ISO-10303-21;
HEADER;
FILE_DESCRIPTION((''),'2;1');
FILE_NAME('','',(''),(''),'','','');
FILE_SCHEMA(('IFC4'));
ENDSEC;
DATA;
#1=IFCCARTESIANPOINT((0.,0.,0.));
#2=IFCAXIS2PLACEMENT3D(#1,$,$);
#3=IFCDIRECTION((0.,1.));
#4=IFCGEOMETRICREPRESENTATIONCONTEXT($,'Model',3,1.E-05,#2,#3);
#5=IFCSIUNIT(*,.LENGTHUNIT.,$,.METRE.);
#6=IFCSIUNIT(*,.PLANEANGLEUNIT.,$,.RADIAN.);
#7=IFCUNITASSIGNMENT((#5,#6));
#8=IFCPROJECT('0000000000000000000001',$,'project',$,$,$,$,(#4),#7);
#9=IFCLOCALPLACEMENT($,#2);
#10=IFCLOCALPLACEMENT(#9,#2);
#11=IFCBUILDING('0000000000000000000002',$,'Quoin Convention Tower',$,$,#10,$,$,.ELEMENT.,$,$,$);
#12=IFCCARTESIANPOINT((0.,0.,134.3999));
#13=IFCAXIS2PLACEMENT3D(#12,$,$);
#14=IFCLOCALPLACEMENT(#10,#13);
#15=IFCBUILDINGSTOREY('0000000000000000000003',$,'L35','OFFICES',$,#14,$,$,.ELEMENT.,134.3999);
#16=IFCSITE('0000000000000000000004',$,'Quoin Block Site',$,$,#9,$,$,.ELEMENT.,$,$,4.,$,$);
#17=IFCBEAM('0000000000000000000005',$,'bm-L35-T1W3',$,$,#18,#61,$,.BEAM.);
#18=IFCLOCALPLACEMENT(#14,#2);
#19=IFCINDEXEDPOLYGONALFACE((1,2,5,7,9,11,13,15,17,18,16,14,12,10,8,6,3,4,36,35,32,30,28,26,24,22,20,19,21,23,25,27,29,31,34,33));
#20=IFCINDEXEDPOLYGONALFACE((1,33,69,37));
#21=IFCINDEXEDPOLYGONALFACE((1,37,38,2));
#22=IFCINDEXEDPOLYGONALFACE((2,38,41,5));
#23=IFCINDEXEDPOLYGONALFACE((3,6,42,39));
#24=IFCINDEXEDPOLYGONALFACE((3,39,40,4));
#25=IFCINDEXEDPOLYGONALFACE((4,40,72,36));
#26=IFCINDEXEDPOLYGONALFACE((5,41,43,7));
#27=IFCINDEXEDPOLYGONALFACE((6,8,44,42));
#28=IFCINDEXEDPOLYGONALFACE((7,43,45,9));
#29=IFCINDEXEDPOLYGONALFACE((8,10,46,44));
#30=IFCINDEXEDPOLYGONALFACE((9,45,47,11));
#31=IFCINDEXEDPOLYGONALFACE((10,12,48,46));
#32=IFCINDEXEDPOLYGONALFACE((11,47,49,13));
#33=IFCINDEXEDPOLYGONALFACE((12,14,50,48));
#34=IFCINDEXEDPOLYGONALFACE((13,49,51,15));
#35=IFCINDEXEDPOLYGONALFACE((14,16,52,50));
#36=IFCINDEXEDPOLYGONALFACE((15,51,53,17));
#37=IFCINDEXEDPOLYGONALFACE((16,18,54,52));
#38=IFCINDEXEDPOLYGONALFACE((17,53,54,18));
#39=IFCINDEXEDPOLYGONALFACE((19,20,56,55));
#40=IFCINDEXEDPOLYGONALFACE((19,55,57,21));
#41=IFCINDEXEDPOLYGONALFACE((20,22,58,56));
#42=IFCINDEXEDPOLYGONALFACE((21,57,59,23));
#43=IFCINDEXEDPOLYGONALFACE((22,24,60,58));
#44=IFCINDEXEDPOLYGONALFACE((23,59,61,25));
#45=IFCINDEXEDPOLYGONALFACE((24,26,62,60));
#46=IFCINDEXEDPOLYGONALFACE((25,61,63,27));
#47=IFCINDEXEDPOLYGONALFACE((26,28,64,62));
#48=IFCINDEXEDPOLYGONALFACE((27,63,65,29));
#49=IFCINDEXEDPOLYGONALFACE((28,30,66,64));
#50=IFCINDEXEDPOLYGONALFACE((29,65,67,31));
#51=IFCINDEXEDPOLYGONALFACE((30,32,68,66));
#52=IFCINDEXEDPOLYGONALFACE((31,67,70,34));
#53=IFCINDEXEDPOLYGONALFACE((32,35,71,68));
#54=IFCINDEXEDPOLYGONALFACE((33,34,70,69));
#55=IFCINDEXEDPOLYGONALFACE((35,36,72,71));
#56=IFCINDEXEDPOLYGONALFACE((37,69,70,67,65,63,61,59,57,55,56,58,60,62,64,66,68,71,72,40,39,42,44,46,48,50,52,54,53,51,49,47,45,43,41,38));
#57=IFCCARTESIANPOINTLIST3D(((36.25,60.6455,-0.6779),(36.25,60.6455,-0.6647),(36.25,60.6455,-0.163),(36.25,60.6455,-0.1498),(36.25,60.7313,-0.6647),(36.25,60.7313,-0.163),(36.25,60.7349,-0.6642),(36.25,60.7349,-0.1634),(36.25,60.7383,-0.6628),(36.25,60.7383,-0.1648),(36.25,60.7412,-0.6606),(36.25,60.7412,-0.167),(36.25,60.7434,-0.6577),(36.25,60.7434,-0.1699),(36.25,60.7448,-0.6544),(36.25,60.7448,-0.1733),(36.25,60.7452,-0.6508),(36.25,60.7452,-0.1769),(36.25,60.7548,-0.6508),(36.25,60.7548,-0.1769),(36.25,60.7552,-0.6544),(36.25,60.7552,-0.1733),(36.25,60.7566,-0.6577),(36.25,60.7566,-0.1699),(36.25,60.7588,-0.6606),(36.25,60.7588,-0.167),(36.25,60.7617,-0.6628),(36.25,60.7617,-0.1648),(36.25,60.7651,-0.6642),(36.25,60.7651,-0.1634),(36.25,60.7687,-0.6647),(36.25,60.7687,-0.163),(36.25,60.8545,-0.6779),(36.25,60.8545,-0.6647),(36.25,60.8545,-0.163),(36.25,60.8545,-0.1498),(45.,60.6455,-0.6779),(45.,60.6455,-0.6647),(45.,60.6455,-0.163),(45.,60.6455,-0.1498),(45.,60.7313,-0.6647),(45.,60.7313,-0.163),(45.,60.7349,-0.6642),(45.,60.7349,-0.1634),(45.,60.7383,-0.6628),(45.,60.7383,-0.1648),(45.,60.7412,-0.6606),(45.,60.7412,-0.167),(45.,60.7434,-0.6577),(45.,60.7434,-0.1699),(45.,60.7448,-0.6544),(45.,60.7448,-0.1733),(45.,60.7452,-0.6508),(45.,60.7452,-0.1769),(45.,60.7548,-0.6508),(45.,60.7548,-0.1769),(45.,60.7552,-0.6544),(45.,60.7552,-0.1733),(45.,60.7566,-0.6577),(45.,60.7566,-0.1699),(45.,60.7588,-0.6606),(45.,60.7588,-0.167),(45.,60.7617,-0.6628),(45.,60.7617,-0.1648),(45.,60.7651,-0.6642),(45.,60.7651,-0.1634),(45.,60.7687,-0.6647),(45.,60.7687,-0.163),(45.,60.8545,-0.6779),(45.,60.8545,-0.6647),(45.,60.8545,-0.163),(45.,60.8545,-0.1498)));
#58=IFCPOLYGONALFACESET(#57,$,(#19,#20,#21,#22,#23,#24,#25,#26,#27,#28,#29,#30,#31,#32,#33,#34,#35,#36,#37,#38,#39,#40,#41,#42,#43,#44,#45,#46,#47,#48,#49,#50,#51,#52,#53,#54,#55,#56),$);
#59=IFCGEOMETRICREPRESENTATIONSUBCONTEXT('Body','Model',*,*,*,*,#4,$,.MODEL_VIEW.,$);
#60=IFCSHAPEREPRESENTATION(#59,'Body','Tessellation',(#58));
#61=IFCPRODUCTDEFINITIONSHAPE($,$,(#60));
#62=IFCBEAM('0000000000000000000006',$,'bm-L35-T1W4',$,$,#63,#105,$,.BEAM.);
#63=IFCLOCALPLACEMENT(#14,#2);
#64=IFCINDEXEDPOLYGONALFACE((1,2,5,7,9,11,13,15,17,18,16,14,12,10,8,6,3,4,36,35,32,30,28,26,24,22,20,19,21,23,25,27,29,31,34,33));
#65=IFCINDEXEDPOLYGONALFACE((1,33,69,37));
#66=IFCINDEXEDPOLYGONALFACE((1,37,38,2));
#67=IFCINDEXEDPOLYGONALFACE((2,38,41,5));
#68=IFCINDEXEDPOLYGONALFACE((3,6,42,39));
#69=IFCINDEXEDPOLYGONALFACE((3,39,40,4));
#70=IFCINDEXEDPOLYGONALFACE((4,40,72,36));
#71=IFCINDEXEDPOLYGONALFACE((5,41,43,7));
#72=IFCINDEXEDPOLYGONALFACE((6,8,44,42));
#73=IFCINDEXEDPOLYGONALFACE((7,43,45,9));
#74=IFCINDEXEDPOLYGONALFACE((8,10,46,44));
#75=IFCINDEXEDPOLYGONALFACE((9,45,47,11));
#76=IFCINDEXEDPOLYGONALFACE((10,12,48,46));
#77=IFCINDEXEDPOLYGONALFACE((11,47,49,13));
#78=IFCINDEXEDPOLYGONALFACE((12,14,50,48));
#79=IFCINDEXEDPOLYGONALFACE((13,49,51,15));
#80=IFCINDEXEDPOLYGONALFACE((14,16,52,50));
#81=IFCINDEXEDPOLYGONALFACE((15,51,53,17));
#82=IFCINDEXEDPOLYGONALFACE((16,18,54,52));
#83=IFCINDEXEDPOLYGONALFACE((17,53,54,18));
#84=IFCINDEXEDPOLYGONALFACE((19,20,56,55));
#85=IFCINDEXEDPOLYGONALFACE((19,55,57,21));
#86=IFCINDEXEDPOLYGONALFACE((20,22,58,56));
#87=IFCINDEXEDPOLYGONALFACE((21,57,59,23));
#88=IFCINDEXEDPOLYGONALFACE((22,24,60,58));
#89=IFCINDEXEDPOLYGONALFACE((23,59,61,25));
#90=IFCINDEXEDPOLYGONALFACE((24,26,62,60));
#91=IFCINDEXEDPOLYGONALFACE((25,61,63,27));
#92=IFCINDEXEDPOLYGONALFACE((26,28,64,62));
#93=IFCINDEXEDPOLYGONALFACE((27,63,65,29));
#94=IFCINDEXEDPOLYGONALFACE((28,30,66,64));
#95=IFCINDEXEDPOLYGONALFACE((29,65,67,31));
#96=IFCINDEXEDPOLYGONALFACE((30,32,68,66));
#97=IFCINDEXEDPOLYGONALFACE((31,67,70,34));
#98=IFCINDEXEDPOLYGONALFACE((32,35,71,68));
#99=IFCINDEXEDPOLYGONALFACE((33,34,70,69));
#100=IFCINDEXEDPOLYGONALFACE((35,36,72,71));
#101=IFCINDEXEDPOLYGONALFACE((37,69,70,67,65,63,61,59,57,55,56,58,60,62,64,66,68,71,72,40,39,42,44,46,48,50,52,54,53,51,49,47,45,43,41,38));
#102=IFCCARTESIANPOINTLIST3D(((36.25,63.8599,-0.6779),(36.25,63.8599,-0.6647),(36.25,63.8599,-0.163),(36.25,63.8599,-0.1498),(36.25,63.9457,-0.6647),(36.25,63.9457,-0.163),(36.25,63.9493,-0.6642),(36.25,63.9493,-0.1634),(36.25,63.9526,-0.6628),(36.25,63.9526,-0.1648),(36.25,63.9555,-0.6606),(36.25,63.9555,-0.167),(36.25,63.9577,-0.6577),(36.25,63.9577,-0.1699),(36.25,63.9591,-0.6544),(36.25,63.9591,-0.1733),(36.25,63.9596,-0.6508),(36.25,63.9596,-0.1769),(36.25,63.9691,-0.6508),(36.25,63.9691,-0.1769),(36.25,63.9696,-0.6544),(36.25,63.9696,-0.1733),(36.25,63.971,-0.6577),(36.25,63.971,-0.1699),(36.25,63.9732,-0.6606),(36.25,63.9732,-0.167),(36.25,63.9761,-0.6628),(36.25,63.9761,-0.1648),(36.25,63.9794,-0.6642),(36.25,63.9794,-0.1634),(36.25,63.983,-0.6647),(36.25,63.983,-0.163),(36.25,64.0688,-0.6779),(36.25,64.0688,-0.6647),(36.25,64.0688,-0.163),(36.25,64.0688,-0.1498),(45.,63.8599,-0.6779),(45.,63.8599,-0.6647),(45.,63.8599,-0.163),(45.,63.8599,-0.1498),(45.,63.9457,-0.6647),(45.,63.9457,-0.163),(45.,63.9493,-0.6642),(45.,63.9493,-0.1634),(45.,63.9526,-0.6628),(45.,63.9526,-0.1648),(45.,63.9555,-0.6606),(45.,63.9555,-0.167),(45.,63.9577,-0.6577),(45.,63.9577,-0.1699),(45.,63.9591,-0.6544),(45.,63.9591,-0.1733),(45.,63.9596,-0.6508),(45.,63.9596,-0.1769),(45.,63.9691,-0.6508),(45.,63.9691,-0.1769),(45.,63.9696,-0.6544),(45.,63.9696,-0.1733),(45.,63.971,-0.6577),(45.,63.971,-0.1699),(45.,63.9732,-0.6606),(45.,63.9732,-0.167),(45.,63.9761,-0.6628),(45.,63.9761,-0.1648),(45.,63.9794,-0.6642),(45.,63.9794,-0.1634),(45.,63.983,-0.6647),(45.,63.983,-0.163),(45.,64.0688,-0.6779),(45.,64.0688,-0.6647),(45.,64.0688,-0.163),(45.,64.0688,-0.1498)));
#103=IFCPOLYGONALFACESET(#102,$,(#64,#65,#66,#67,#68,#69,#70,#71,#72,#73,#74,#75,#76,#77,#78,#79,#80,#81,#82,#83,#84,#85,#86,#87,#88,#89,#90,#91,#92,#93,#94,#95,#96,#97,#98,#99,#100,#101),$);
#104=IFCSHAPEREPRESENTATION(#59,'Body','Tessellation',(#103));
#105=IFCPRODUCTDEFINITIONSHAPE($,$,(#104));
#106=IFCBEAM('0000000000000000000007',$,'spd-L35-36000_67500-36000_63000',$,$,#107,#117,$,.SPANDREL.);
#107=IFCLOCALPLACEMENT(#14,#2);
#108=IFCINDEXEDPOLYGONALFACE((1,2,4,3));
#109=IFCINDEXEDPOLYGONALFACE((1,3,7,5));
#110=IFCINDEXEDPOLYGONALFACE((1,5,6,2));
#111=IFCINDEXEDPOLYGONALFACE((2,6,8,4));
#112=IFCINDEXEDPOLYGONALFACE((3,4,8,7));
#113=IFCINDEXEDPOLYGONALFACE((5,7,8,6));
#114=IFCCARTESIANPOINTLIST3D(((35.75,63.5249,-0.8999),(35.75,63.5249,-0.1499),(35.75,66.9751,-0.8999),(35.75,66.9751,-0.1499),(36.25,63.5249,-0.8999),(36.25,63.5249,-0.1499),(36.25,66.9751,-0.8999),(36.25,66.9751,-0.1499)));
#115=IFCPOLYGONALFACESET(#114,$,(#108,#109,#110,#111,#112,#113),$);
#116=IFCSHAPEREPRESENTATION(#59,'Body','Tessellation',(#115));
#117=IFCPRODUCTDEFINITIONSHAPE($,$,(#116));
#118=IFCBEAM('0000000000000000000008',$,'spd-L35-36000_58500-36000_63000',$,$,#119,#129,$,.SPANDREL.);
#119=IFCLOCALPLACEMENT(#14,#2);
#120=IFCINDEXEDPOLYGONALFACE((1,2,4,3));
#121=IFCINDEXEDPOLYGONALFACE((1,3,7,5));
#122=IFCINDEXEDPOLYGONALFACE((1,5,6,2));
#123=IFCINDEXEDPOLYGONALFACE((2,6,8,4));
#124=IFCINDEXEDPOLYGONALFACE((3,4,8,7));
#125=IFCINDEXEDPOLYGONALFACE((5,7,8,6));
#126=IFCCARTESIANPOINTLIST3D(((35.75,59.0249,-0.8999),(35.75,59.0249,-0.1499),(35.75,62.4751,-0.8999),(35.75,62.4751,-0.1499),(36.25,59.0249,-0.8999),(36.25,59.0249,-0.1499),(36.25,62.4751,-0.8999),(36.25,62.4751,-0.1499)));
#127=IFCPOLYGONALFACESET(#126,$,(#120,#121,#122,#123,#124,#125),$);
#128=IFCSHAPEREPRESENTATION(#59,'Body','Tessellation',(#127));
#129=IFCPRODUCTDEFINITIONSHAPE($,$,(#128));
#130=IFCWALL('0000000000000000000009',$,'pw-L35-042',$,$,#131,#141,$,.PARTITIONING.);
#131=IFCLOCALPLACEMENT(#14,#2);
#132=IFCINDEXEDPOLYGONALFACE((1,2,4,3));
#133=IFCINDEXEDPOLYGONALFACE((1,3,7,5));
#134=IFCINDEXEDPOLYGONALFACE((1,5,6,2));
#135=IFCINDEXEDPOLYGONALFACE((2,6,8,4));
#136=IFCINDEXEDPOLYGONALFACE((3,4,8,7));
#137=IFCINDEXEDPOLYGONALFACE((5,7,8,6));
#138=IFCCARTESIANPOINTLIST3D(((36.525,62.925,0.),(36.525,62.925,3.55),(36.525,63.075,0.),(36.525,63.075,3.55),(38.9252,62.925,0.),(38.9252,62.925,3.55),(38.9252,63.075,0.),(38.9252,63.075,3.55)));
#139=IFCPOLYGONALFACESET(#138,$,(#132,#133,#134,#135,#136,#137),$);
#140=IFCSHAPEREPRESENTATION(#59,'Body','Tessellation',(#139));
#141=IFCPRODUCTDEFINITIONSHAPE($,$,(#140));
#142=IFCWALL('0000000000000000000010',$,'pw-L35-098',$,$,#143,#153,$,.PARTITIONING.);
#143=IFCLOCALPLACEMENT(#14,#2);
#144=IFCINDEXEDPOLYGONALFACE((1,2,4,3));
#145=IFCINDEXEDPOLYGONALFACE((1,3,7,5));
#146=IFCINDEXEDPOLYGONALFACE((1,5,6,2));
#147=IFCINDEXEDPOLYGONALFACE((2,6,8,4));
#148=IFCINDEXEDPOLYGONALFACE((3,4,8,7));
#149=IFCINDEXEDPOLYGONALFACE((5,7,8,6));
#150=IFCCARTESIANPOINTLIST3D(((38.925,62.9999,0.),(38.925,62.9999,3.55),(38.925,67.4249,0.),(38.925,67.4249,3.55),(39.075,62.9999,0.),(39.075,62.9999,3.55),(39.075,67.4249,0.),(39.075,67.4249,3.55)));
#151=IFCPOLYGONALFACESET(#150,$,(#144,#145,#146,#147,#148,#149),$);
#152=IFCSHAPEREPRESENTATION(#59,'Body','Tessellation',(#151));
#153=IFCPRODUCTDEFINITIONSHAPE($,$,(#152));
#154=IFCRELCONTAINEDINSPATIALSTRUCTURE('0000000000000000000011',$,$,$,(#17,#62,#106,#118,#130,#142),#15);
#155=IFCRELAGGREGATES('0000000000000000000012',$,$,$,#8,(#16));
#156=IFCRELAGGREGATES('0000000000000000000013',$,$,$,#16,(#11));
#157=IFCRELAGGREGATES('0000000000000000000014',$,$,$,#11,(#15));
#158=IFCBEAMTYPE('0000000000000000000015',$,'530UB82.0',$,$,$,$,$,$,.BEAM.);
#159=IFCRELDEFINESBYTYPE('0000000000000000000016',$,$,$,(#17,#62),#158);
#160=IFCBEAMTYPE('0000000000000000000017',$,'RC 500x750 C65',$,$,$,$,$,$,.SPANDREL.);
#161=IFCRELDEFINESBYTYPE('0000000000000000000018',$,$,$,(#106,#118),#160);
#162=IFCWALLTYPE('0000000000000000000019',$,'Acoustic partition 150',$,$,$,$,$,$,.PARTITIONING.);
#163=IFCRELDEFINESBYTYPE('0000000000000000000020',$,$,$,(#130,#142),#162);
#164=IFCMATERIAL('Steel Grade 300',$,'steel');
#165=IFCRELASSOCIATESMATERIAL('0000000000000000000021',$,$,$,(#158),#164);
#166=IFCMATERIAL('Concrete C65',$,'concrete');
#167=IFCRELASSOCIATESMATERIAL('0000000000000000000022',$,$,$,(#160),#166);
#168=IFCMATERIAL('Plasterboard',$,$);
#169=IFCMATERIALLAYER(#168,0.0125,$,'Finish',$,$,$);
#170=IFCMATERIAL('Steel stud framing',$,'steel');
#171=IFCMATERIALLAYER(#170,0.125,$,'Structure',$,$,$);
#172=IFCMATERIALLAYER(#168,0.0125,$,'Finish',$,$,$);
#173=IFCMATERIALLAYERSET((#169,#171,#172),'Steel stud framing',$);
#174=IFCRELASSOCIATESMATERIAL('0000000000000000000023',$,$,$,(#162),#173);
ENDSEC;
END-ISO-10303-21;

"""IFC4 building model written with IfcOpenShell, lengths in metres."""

from ifc_helpers import new_model, si_unit, direction, frame, frame_2d, origin, origin_2d, place, context, subcontext, project, spatial, rectangle, i_section, extrude, material, layer, layer_set, material_profile, profile_set, type_object, element, save


model = new_model("IFC4")

# Units and contexts
model_context = context("Model", 3, precision=1e-05, world=origin(), true_north=direction((0.0, 1.0)))
body_context = subcontext(model_context, "Body", "Model", "MODEL_VIEW")
ifc_project = project(units=[si_unit("LENGTHUNIT", "METRE"), si_unit("PLANEANGLEUNIT", "RADIAN")], contexts=[model_context])

# Site, building, storey
site_placement = place(None, origin())
site = spatial("IfcSite", under=ifc_project, at=site_placement, Name="Quoin Block Site", CompositionType="ELEMENT", RefElevation=4.0)
building_placement = place(site_placement, origin())
building = spatial("IfcBuilding", under=site, at=building_placement, Name="Quoin Convention Tower", CompositionType="ELEMENT")
storey_placement = place(building_placement, frame((0.0, 0.0, 134.3999)))
storey = spatial("IfcBuildingStorey", under=building, at=storey_placement, Name="L35", Description="OFFICES", CompositionType="ELEMENT", Elevation=134.3999)

# Shared definitions
ifc_material_1 = material(Name="Concrete C65", Category="concrete")

# Beams
ifc_material_2 = material(Name="Steel Grade 300", Category="steel")
ifc_material_profile_1 = material_profile(ifc_material_2, i_section(OverallWidth=0.209, OverallDepth=0.5281, WebThickness=0.0095, FlangeThickness=0.0132, FilletRadius=0.0139, at=origin_2d()), Name="530UB82.0")
ifc_profile_set_1 = profile_set([ifc_material_profile_1], Name="Steel Grade 300")
beam_type_1 = type_object("IfcBeamType", Name="530UB82.0", PredefinedType="BEAM", material=ifc_profile_set_1)
for number, where, z_axis, x_axis, name in (
    (1, (36.25, 60.75, -0.4138), (1.0, 0.0, 0.0), (0.0, 1.0, 0.0), "bm-L35-T1W3"),
    (2, (36.25, 63.9644, -0.4138), (1.0, 0.0, 0.0), (0.0, 1.0, 0.0), "bm-L35-T1W4"),
):
    element("IfcBeam", number, at=place(storey_placement, frame(where, z_axis=z_axis, x_axis=x_axis)), inside=storey, type_object=beam_type_1, Name=name, PredefinedType="BEAM", context=body_context, shape_type="SweptSolid", body=[
        extrude(i_section(OverallWidth=0.209, OverallDepth=0.5281, WebThickness=0.0095, FlangeThickness=0.0132, FilletRadius=0.0139, at=origin_2d()), origin(), (0.0, 0.0, 1.0), 8.75),
    ])
ifc_material_profile_2 = material_profile(ifc_material_1, rectangle(XDim=0.5, YDim=0.75, at=origin_2d()), Name="RC 500x750")
ifc_profile_set_2 = profile_set([ifc_material_profile_2], Name="Concrete C65")
beam_type_2 = type_object("IfcBeamType", Name="RC 500x750 C65", PredefinedType="SPANDREL", material=ifc_profile_set_2)
for number, where, z_axis, x_axis, name in (
    (3, (36.0, 66.9751, -0.5249), (0.0, -1.0, 0.0), (1.0, 0.0, 0.0), "spd-L35-36000_67500-36000_63000"),
    (4, (36.0, 59.0249, -0.5249), (0.0, 1.0, 0.0), (-1.0, 0.0, 0.0), "spd-L35-36000_58500-36000_63000"),
):
    element("IfcBeam", number, at=place(storey_placement, frame(where, z_axis=z_axis, x_axis=x_axis)), inside=storey, type_object=beam_type_2, Name=name, PredefinedType="SPANDREL", context=body_context, shape_type="SweptSolid", body=[
        extrude(rectangle(XDim=0.5, YDim=0.75, at=origin_2d()), origin(), (0.0, 0.0, 1.0), 3.4502),
    ])

# Walls
ifc_material_3 = material(Name="Plasterboard")
ifc_layer_1 = layer(ifc_material_3, 0.0125, Name="Finish")
ifc_material_4 = material(Name="Steel stud framing", Category="steel")
ifc_layer_2 = layer(ifc_material_4, 0.125, Name="Structure")
ifc_layer_3 = layer(ifc_material_3, 0.0125, Name="Finish")
ifc_layer_set_1 = layer_set([ifc_layer_1, ifc_layer_2, ifc_layer_3], Name="Steel stud framing")
wall_type_1 = type_object("IfcWallType", Name="Acoustic partition 150", PredefinedType="PARTITIONING", material=ifc_layer_set_1)
wall_1_placement = place(storey_placement, frame((36.5249, 63.0, 0.0), z_axis=(0.0, 0.0, 1.0), x_axis=(1.0, 0.0, 0.0)))
element("IfcWall", 5, at=wall_1_placement, inside=storey, type_object=wall_type_1, Name="pw-L35-042", PredefinedType="PARTITIONING", context=body_context, shape_type="SweptSolid", body=[
    extrude(rectangle(XDim=2.4001, YDim=0.1499, at=frame_2d((1.2002, 0.0))), origin(), (0.0, 0.0, 1.0), 3.55),
])
wall_2_placement = place(storey_placement, frame((39.0, 63.0, 0.0), z_axis=(0.0, 0.0, 1.0), x_axis=(0.0, 1.0, 0.0)))
element("IfcWall", 6, at=wall_2_placement, inside=storey, type_object=wall_type_1, Name="pw-L35-098", PredefinedType="PARTITIONING", context=body_context, shape_type="SweptSolid", body=[
    extrude(rectangle(XDim=4.425, YDim=0.1499, at=frame_2d((2.2124, 0.0))), origin(), (0.0, 0.0, 1.0), 3.55),
])

save(model, "model.ifc")
